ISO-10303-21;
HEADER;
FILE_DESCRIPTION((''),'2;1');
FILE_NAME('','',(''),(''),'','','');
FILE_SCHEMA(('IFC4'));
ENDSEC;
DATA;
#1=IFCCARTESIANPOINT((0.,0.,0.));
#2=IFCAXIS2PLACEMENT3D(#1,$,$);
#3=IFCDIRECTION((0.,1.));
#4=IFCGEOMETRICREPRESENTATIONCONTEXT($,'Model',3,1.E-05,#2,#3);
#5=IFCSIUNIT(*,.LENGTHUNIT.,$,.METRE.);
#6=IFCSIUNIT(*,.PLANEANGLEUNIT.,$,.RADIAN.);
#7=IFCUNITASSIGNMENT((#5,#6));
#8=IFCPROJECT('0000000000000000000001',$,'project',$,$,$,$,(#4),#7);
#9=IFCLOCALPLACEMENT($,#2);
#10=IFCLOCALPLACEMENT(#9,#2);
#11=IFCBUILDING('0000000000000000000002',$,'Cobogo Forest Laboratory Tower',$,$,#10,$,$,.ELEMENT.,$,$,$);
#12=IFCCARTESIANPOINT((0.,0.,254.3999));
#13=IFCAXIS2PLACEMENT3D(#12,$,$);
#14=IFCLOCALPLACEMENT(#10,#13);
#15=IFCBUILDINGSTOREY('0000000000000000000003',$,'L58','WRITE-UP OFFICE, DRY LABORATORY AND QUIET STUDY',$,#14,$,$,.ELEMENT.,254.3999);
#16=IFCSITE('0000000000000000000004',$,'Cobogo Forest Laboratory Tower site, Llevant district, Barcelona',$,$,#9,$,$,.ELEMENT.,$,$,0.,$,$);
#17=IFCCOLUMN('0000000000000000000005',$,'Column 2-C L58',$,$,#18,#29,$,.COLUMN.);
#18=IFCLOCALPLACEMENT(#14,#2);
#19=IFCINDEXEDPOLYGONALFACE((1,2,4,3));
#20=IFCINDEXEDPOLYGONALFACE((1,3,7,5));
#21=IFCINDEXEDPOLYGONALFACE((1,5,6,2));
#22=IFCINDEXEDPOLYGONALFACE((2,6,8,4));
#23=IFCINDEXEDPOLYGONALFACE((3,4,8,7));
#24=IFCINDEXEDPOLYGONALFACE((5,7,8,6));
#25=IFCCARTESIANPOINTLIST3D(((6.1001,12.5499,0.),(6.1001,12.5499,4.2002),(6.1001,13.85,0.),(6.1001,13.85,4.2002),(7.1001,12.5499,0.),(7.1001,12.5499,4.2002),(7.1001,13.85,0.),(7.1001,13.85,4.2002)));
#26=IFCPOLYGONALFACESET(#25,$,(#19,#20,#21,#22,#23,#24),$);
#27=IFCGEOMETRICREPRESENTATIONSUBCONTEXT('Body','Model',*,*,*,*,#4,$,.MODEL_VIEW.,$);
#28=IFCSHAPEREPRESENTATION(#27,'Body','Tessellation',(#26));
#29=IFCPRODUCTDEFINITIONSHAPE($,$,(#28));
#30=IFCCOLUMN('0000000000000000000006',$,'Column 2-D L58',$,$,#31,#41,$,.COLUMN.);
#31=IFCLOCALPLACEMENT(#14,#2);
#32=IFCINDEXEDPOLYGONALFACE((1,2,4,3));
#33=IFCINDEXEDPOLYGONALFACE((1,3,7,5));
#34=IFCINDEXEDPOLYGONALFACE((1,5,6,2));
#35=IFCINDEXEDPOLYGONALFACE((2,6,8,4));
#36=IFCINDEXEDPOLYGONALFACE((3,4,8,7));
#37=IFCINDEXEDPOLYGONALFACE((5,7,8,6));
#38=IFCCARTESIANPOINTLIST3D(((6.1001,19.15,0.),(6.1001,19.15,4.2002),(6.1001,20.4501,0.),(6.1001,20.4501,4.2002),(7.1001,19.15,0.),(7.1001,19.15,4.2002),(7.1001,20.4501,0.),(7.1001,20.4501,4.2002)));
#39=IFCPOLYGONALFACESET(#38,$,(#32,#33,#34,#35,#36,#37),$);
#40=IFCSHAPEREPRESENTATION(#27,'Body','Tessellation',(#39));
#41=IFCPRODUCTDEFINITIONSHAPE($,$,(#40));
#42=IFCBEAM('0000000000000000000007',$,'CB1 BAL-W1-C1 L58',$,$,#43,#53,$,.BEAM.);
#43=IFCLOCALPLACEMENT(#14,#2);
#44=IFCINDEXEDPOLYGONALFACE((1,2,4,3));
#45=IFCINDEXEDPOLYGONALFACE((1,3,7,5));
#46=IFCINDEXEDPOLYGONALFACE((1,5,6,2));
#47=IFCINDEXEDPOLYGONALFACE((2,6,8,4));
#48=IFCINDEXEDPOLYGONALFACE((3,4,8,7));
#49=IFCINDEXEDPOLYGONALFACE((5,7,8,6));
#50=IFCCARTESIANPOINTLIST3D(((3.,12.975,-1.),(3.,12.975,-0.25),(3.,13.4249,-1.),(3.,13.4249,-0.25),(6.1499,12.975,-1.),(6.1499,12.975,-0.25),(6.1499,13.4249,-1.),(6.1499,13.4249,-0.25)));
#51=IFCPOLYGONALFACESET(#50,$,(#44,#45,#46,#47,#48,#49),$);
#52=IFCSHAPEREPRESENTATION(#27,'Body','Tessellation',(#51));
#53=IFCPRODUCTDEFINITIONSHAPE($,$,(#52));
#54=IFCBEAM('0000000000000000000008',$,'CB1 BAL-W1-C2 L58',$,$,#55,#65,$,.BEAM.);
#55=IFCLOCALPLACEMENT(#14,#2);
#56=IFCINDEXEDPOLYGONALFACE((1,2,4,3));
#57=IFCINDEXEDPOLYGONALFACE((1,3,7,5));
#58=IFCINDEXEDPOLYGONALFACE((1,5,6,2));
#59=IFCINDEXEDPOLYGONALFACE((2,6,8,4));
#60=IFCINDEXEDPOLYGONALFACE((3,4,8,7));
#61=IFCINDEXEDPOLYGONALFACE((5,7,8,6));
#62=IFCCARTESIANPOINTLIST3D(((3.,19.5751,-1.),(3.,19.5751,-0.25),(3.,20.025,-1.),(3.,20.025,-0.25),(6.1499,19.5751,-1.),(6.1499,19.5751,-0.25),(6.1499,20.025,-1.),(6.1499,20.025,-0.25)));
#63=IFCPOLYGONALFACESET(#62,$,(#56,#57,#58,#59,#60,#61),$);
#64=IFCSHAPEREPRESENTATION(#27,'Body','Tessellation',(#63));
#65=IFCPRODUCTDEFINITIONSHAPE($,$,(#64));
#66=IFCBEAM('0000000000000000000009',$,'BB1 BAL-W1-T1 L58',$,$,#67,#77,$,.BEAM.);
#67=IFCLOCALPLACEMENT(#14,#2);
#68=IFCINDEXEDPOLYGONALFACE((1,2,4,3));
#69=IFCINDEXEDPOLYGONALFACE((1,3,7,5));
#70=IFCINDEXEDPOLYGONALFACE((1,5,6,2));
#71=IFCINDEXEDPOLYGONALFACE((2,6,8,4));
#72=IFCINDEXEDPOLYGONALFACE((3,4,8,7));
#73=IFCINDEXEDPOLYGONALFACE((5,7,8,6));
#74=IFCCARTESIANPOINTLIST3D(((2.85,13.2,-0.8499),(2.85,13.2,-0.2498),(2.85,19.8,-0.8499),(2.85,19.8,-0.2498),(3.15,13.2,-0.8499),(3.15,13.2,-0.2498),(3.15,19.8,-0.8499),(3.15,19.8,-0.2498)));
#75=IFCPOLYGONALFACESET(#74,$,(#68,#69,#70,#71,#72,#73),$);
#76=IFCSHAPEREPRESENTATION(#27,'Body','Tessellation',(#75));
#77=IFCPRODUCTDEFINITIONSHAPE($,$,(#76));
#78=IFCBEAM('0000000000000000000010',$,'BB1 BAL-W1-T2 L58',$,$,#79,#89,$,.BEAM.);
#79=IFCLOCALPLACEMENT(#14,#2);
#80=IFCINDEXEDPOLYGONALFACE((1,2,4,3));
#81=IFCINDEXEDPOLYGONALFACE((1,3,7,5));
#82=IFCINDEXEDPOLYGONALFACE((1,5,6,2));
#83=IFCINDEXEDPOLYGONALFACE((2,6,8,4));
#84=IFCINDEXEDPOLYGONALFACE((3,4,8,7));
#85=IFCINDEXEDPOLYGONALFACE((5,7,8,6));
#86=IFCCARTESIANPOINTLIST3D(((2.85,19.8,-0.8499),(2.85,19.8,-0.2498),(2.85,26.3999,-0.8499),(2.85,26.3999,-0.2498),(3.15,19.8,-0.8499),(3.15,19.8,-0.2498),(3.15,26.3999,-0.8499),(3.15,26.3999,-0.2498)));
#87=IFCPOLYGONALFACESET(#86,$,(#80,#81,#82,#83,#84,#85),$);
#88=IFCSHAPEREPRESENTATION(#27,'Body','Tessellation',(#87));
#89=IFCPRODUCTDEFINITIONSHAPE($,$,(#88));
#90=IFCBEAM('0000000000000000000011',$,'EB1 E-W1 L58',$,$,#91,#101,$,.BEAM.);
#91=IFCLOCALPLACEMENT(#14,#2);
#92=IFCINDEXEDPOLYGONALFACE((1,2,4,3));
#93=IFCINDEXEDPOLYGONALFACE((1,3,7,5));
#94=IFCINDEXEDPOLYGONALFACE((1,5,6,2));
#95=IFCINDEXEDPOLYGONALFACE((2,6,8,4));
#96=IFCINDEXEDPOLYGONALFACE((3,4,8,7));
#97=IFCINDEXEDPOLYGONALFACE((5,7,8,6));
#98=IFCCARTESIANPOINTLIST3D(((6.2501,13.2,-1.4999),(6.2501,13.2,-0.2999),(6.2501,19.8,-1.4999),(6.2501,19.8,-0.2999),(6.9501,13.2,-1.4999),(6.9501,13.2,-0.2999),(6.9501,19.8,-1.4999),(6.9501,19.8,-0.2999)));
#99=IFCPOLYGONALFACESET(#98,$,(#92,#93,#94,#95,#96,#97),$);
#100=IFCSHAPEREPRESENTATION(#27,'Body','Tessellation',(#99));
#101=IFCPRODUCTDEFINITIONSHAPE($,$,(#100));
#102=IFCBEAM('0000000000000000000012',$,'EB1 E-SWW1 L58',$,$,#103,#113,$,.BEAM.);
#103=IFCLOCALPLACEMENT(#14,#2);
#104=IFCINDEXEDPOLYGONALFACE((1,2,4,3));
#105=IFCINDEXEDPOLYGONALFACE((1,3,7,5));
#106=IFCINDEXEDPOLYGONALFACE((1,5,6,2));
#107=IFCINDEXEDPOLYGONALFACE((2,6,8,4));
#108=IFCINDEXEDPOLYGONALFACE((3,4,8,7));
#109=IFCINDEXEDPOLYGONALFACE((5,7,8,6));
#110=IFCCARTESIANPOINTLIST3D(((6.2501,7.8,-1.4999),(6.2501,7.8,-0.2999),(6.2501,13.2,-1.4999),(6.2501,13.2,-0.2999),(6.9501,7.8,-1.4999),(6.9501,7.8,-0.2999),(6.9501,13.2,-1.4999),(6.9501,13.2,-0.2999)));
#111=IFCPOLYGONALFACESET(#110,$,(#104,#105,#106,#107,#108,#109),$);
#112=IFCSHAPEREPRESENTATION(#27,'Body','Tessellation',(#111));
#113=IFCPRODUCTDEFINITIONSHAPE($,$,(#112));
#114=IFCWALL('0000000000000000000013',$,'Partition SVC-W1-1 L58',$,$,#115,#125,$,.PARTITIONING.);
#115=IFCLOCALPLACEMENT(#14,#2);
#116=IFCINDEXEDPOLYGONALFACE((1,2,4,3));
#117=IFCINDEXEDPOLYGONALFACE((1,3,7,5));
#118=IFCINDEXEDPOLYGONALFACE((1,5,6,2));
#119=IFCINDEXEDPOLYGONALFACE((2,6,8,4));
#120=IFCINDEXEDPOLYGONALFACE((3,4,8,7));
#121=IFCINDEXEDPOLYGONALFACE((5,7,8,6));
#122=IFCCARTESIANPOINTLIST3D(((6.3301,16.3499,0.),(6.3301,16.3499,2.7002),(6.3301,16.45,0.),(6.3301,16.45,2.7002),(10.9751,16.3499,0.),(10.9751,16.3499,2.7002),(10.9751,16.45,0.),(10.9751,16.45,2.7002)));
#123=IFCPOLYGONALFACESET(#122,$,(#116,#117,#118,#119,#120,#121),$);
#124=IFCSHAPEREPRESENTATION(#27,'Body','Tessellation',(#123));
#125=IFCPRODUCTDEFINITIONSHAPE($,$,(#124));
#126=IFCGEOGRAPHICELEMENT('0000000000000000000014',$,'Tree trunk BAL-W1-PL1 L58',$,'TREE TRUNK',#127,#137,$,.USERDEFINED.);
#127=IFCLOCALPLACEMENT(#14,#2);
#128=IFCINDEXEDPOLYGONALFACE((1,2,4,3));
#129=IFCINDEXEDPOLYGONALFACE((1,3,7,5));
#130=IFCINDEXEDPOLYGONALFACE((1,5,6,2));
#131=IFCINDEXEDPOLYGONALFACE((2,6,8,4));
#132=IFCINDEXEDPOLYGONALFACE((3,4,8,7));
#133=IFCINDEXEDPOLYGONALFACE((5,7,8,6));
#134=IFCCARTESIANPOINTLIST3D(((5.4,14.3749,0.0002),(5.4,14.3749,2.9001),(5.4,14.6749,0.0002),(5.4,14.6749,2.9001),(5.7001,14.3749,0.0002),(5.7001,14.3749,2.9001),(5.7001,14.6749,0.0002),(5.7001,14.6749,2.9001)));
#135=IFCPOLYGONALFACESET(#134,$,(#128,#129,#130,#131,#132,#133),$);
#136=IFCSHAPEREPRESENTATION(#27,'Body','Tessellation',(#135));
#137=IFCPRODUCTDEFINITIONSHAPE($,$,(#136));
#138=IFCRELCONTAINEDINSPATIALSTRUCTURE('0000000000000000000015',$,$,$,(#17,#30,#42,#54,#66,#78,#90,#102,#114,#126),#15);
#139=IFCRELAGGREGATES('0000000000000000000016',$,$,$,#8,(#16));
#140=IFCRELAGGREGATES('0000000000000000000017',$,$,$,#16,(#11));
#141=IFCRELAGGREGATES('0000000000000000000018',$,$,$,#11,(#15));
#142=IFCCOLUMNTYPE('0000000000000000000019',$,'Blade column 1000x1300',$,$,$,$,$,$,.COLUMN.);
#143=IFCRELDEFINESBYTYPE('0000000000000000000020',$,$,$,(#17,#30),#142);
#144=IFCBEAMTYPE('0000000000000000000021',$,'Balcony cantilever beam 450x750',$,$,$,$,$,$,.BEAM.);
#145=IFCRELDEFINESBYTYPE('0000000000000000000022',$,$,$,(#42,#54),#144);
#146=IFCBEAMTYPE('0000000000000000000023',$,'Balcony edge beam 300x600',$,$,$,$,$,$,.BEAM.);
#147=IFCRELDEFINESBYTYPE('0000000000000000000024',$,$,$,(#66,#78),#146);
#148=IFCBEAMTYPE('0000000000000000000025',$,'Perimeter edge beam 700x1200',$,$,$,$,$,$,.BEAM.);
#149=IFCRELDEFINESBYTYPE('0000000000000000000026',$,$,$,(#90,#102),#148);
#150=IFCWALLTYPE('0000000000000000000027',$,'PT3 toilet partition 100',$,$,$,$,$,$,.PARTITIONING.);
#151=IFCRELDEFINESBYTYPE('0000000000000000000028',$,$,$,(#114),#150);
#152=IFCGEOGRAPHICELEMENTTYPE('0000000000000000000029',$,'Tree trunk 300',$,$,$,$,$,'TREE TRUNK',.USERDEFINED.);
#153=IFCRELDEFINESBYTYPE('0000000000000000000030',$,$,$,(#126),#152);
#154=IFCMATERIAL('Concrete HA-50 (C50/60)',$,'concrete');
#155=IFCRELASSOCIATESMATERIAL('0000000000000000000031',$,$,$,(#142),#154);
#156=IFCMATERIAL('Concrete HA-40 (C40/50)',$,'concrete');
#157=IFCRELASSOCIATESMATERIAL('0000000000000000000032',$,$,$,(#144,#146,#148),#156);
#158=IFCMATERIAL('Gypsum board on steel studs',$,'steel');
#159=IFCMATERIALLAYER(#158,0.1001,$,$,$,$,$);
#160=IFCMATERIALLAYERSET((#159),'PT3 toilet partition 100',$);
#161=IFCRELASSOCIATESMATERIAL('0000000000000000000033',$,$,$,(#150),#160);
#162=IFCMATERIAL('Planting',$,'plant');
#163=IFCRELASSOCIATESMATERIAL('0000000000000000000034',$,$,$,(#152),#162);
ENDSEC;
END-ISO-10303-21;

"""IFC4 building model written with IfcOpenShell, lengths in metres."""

from ifc_helpers import new_model, si_unit, direction, frame, frame_2d, origin, origin_2d, place, context, subcontext, project, spatial, rectangle, extrude, material, layer, layer_set, material_profile, profile_set, type_object, element, save


model = new_model("IFC4")

# Units and contexts
model_context = context("Model", 3, precision=1e-05, world=origin(), true_north=direction((0.0, 1.0)))
body_context = subcontext(model_context, "Body", "Model", "MODEL_VIEW")
ifc_project = project(units=[si_unit("LENGTHUNIT", "METRE"), si_unit("PLANEANGLEUNIT", "RADIAN")], contexts=[model_context])

# Site, building, storey
site_placement = place(None, origin())
site = spatial("IfcSite", under=ifc_project, at=site_placement, Name="Cobogo Forest Laboratory Tower site, Llevant district, Barcelona", CompositionType="ELEMENT", RefElevation=0.0)
building_placement = place(site_placement, origin())
building = spatial("IfcBuilding", under=site, at=building_placement, Name="Cobogo Forest Laboratory Tower", CompositionType="ELEMENT")
storey_placement = place(building_placement, frame((0.0, 0.0, 254.3999)))
storey = spatial("IfcBuildingStorey", under=building, at=storey_placement, Name="L58", Description="WRITE-UP OFFICE, DRY LABORATORY AND QUIET STUDY", CompositionType="ELEMENT", Elevation=254.3999)

# Columns
ifc_material_1 = material(Name="Concrete HA-50 (C50/60)", Category="concrete")
ifc_material_profile_1 = material_profile(ifc_material_1, rectangle(XDim=1.3, YDim=1.0, at=origin_2d()), Name="RC 1000x1300")
ifc_profile_set_1 = profile_set([ifc_material_profile_1], Name="Concrete HA-50 (C50/60)")
column_type = type_object("IfcColumnType", Name="Blade column 1000x1300", PredefinedType="COLUMN", material=ifc_profile_set_1)
for number, where, z_axis, x_axis, name in (
    (1, (6.6001, 13.2, 0.0), (0.0, 0.0, 1.0), (0.0, 1.0, 0.0), "Column 2-C L58"),
    (2, (6.6001, 19.8, 0.0), (0.0, 0.0, 1.0), (0.0, 1.0, 0.0), "Column 2-D L58"),
):
    element("IfcColumn", number, at=place(storey_placement, frame(where, z_axis=z_axis, x_axis=x_axis)), inside=storey, type_object=column_type, Name=name, PredefinedType="COLUMN", context=body_context, shape_type="SweptSolid", body=[
        extrude(rectangle(XDim=1.3, YDim=1.0, at=origin_2d()), origin(), (0.0, 0.0, 1.0), 4.2002),
    ])

# Beams
ifc_material_2 = material(Name="Concrete HA-40 (C40/50)", Category="concrete")
ifc_material_profile_2 = material_profile(ifc_material_2, rectangle(XDim=0.45, YDim=0.75, at=origin_2d()), Name="RC 450x750")
ifc_profile_set_2 = profile_set([ifc_material_profile_2], Name="Concrete HA-40 (C40/50)")
beam_type_1 = type_object("IfcBeamType", Name="Balcony cantilever beam 450x750", PredefinedType="BEAM", material=ifc_profile_set_2)
for number, where, z_axis, x_axis, name in (
    (3, (6.1499, 13.2, -0.625), (-1.0, 0.0, 0.0), (0.0, -1.0, 0.0), "CB1 BAL-W1-C1 L58"),
    (4, (6.1499, 19.8, -0.625), (-1.0, 0.0, 0.0), (0.0, -1.0, 0.0), "CB1 BAL-W1-C2 L58"),
):
    element("IfcBeam", number, at=place(storey_placement, frame(where, z_axis=z_axis, x_axis=x_axis)), inside=storey, type_object=beam_type_1, Name=name, PredefinedType="BEAM", context=body_context, shape_type="SweptSolid", body=[
        extrude(rectangle(XDim=0.45, YDim=0.75, at=origin_2d()), origin(), (0.0, 0.0, 1.0), 3.1499),
    ])
ifc_material_profile_3 = material_profile(ifc_material_2, rectangle(XDim=0.3, YDim=0.6001, at=origin_2d()), Name="RC 300x600")
ifc_profile_set_3 = profile_set([ifc_material_profile_3], Name="Concrete HA-40 (C40/50)")
beam_type_2 = type_object("IfcBeamType", Name="Balcony edge beam 300x600", PredefinedType="BEAM", material=ifc_profile_set_3)
beam_1_placement = place(storey_placement, frame((3.0, 13.2, -0.5498), z_axis=(0.0, 1.0, 0.0), x_axis=(-1.0, 0.0, 0.0)))
element("IfcBeam", 5, at=beam_1_placement, inside=storey, type_object=beam_type_2, Name="BB1 BAL-W1-T1 L58", PredefinedType="BEAM", context=body_context, shape_type="SweptSolid", body=[
    extrude(rectangle(XDim=0.3, YDim=0.6001, at=origin_2d()), origin(), (0.0, 0.0, 1.0), 6.6001),
])
beam_2_placement = place(storey_placement, frame((3.0, 19.8, -0.5498), z_axis=(0.0, 1.0, 0.0), x_axis=(-1.0, 0.0, 0.0)))
element("IfcBeam", 6, at=beam_2_placement, inside=storey, type_object=beam_type_2, Name="BB1 BAL-W1-T2 L58", PredefinedType="BEAM", context=body_context, shape_type="SweptSolid", body=[
    extrude(rectangle(XDim=0.3, YDim=0.6001, at=origin_2d()), origin(), (0.0, 0.0, 1.0), 6.5999),
])
ifc_material_profile_4 = material_profile(ifc_material_2, rectangle(XDim=0.7, YDim=1.2, at=origin_2d()), Name="RC 700x1200")
ifc_profile_set_4 = profile_set([ifc_material_profile_4], Name="Concrete HA-40 (C40/50)")
beam_type_3 = type_object("IfcBeamType", Name="Perimeter edge beam 700x1200", PredefinedType="BEAM", material=ifc_profile_set_4)
beam_3_placement = place(storey_placement, frame((6.6001, 13.2, -0.8999), z_axis=(0.0, 1.0, 0.0), x_axis=(-1.0, 0.0, 0.0)))
element("IfcBeam", 7, at=beam_3_placement, inside=storey, type_object=beam_type_3, Name="EB1 E-W1 L58", PredefinedType="BEAM", context=body_context, shape_type="SweptSolid", body=[
    extrude(rectangle(XDim=0.7, YDim=1.2, at=origin_2d()), origin(), (0.0, 0.0, 1.0), 6.6001),
])
beam_4_placement = place(storey_placement, frame((6.6001, 13.2, -0.8999), z_axis=(0.0, -1.0, 0.0), x_axis=(1.0, 0.0, 0.0)))
element("IfcBeam", 8, at=beam_4_placement, inside=storey, type_object=beam_type_3, Name="EB1 E-SWW1 L58", PredefinedType="BEAM", context=body_context, shape_type="SweptSolid", body=[
    extrude(rectangle(XDim=0.7, YDim=1.2, at=origin_2d()), origin(), (0.0, 0.0, 1.0), 5.3999),
])

# Wall
ifc_material_3 = material(Name="Gypsum board on steel studs", Category="steel")
ifc_layer_1 = layer(ifc_material_3, 0.1001)
ifc_layer_set_1 = layer_set([ifc_layer_1], Name="PT3 toilet partition 100")
wall_type_1 = type_object("IfcWallType", Name="PT3 toilet partition 100", PredefinedType="PARTITIONING", material=ifc_layer_set_1)
wall_1_placement = place(storey_placement, frame((6.3301, 16.3999, 0.0), z_axis=(0.0, 0.0, 1.0), x_axis=(1.0, 0.0, 0.0)))
element("IfcWall", 9, at=wall_1_placement, inside=storey, type_object=wall_type_1, Name="Partition SVC-W1-1 L58", PredefinedType="PARTITIONING", context=body_context, shape_type="SweptSolid", body=[
    extrude(rectangle(XDim=4.645, YDim=0.1001, at=frame_2d((2.3225, 0.0))), origin(), (0.0, 0.0, 1.0), 2.7002),
])

# Geographic element
ifc_material_4 = material(Name="Planting", Category="plant")
geographic_element_type = type_object("IfcGeographicElementType", Name="Tree trunk 300", ElementType="TREE TRUNK", PredefinedType="USERDEFINED", material=ifc_material_4)
geographic_element_placement = place(storey_placement, frame((5.55, 14.5249, 0.0002), z_axis=(0.0, 0.0, 1.0), x_axis=(1.0, 0.0, 0.0)))
element("IfcGeographicElement", 10, at=geographic_element_placement, inside=storey, type_object=geographic_element_type, Name="Tree trunk BAL-W1-PL1 L58", ObjectType="TREE TRUNK", PredefinedType="USERDEFINED", context=body_context, shape_type="SweptSolid", body=[
    extrude(rectangle(XDim=0.3, YDim=0.3, at=origin_2d()), origin(), (0.0, 0.0, 1.0), 2.8999),
])

save(model, "model.ifc")
